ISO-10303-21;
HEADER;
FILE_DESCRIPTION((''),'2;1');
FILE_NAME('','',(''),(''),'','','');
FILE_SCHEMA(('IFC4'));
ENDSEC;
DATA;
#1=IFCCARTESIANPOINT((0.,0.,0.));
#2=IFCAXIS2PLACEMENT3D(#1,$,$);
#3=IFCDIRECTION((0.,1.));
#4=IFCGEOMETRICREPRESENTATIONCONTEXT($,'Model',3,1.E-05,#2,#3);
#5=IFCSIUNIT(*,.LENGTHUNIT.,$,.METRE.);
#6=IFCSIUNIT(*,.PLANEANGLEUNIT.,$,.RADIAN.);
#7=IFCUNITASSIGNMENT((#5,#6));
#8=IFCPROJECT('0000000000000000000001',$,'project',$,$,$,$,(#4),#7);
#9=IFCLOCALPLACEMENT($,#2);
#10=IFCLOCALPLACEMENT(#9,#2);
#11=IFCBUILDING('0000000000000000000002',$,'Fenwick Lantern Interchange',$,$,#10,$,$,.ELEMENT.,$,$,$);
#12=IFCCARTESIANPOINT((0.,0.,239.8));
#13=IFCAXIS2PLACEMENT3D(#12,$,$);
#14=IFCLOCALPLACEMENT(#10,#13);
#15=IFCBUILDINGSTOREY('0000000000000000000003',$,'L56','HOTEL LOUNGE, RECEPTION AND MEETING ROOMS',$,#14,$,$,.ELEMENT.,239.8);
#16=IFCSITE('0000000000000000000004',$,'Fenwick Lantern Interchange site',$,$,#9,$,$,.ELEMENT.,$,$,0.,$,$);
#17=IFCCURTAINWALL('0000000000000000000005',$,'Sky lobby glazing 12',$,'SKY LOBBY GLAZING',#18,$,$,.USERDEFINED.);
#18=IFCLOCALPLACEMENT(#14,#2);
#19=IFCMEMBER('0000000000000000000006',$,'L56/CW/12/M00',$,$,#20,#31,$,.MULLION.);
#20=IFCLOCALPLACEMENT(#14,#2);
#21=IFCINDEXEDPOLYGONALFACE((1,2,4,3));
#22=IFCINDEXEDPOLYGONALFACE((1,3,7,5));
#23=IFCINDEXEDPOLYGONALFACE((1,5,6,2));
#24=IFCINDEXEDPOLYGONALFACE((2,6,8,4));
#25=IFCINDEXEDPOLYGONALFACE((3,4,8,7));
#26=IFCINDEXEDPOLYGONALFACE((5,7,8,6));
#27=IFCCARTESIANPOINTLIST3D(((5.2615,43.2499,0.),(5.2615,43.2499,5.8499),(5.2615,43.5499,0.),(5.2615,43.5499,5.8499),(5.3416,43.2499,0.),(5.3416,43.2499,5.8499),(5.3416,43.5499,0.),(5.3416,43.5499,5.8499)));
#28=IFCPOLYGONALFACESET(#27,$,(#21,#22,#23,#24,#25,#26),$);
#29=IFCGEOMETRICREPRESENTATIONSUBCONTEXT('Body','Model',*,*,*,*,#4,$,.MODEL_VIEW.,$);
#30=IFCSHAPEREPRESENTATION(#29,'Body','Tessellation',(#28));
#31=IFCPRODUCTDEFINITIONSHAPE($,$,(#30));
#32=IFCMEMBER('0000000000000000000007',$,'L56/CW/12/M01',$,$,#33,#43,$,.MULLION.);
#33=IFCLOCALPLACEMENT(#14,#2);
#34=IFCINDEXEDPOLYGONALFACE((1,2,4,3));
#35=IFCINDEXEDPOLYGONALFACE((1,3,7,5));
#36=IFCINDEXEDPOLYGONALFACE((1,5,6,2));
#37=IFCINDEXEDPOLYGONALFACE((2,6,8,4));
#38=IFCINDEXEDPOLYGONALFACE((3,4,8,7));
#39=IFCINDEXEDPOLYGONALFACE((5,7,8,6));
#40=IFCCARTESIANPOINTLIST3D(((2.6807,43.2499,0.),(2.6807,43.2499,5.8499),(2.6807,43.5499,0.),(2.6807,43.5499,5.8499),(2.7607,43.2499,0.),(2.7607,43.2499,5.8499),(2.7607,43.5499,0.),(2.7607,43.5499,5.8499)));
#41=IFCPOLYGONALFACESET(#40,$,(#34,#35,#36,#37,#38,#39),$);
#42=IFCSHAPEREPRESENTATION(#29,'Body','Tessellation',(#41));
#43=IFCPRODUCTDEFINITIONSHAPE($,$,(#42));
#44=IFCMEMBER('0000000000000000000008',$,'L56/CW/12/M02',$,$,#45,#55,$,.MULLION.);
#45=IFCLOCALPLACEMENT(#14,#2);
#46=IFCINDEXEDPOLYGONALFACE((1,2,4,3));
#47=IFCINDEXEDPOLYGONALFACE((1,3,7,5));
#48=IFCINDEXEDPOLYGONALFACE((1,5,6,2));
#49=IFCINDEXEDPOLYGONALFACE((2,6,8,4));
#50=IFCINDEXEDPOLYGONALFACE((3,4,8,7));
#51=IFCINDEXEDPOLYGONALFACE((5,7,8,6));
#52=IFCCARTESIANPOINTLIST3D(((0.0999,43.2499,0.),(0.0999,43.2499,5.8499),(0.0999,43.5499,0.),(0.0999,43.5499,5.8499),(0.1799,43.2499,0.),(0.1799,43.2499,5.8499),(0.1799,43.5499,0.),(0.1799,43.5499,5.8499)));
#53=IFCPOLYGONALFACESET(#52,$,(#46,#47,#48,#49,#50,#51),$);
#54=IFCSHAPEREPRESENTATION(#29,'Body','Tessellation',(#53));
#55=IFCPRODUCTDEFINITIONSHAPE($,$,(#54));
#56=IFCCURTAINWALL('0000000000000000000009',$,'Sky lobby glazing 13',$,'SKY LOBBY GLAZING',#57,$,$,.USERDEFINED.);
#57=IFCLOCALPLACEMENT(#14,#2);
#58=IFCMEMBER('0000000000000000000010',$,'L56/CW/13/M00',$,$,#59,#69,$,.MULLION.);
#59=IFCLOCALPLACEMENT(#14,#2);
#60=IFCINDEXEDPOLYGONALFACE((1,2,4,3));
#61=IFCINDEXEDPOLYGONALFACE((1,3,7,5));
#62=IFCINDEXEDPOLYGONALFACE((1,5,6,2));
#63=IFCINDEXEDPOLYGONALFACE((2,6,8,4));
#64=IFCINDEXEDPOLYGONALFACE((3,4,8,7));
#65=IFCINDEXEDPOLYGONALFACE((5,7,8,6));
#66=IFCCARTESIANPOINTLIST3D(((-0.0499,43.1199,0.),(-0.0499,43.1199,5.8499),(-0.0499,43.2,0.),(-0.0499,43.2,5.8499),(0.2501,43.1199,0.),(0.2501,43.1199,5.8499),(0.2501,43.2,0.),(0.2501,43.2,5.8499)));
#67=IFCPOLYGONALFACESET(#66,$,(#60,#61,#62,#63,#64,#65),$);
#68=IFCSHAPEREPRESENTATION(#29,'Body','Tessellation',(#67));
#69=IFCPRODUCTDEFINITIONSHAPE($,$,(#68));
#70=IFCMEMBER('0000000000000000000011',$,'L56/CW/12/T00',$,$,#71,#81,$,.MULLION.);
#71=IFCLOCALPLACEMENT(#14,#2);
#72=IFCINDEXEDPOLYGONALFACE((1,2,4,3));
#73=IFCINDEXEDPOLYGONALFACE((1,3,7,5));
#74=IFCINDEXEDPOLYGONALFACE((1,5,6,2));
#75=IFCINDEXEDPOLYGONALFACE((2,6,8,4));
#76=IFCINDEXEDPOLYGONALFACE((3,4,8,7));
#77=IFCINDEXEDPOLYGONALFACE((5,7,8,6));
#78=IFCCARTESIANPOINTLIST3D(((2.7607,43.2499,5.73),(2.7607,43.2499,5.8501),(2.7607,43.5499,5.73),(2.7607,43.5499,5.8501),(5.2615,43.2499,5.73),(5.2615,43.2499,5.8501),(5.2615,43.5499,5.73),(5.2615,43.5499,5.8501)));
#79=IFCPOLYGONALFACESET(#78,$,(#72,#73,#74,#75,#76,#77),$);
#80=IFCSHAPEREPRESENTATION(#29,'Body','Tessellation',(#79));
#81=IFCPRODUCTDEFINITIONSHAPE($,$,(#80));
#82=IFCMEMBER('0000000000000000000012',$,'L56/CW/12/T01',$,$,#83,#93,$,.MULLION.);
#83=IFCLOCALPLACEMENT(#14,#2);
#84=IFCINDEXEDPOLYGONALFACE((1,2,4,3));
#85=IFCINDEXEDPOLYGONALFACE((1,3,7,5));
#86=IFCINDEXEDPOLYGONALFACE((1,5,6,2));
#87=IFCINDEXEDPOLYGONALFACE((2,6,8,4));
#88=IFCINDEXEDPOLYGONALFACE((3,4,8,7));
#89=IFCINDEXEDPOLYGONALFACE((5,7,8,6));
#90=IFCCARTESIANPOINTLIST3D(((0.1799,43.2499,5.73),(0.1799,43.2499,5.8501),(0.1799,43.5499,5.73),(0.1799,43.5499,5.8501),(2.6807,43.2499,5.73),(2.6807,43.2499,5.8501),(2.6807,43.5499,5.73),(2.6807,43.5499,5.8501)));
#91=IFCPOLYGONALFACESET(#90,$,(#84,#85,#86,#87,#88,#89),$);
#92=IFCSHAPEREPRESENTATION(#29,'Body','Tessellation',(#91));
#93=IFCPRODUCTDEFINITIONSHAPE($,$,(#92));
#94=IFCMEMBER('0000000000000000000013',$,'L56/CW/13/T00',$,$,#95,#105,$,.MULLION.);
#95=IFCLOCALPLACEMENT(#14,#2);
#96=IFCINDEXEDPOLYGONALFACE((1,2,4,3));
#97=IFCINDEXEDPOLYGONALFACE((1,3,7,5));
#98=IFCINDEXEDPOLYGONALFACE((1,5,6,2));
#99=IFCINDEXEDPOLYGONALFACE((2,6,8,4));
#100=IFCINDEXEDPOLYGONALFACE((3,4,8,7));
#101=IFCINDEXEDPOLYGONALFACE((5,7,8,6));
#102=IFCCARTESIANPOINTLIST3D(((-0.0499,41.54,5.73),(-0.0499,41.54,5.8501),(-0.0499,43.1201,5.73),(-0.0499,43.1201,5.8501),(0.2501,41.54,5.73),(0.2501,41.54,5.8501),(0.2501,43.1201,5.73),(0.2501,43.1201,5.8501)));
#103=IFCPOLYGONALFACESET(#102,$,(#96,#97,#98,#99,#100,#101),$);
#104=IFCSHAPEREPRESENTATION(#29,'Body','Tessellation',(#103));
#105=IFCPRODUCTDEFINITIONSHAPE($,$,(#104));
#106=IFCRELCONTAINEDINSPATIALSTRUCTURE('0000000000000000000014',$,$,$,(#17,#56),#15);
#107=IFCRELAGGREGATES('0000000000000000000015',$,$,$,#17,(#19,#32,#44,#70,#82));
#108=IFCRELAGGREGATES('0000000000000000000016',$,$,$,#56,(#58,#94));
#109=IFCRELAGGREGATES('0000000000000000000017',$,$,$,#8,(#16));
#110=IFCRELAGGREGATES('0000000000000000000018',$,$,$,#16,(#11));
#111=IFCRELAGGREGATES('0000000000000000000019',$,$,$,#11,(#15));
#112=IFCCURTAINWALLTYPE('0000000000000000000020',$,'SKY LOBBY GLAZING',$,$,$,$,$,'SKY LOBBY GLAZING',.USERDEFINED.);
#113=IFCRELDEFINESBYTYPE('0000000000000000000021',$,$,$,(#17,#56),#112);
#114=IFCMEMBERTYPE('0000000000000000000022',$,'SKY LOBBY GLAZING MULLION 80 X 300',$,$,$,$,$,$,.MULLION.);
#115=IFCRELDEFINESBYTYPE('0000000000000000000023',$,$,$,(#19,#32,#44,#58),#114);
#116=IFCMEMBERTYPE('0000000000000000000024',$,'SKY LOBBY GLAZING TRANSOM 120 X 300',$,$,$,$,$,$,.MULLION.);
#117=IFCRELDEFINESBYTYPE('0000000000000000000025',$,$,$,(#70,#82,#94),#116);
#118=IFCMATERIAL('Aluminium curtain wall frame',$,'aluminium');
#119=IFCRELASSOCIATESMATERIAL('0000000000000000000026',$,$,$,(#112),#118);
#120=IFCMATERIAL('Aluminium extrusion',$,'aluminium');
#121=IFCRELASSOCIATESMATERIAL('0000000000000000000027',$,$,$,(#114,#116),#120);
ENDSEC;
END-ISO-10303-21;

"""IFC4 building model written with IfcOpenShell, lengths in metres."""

from ifc_helpers import new_model, si_unit, direction, frame, origin, origin_2d, place, context, subcontext, project, spatial, rectangle, extrude, material, material_profile, profile_set, type_object, element, aggregate, save


model = new_model("IFC4")

# Units and contexts
model_context = context("Model", 3, precision=1e-05, world=origin(), true_north=direction((0.0, 1.0)))
body_context = subcontext(model_context, "Body", "Model", "MODEL_VIEW")
ifc_project = project(units=[si_unit("LENGTHUNIT", "METRE"), si_unit("PLANEANGLEUNIT", "RADIAN")], contexts=[model_context])

# Site, building, storey
site_placement = place(None, origin())
site = spatial("IfcSite", under=ifc_project, at=site_placement, Name="Fenwick Lantern Interchange site", CompositionType="ELEMENT", RefElevation=0.0)
building_placement = place(site_placement, origin())
building = spatial("IfcBuilding", under=site, at=building_placement, Name="Fenwick Lantern Interchange", CompositionType="ELEMENT")
storey_placement = place(building_placement, frame((0.0, 0.0, 239.8)))
storey = spatial("IfcBuildingStorey", under=building, at=storey_placement, Name="L56", Description="HOTEL LOUNGE, RECEPTION AND MEETING ROOMS", CompositionType="ELEMENT", Elevation=239.8)

# Curtain wall, members
ifc_material_1 = material(Name="Aluminium curtain wall frame", Category="aluminium")
curtain_wall_type = type_object("IfcCurtainWallType", Name="SKY LOBBY GLAZING", ElementType="SKY LOBBY GLAZING", PredefinedType="USERDEFINED", material=ifc_material_1)
curtain_wall_1_placement = place(storey_placement, origin())
curtain_wall_1 = element("IfcCurtainWall", 1, at=curtain_wall_1_placement, inside=storey, type_object=curtain_wall_type, Name="Sky lobby glazing 12", ObjectType="SKY LOBBY GLAZING", PredefinedType="USERDEFINED")
ifc_material_2 = material(Name="Aluminium extrusion", Category="aluminium")
ifc_material_profile_1 = material_profile(ifc_material_2, rectangle(XDim=0.3, YDim=0.0801, at=origin_2d()), Name="SKY LOBBY GLAZING MULLION 80 X 300")
ifc_profile_set_1 = profile_set([ifc_material_profile_1], Name="Aluminium extrusion")
member_type_1 = type_object("IfcMemberType", Name="SKY LOBBY GLAZING MULLION 80 X 300", PredefinedType="MULLION", material=ifc_profile_set_1)
member_1_placement = place(storey_placement, frame((5.3015, 43.3999, 0.0), z_axis=(0.0, 0.0, 1.0), x_axis=(0.0, -1.0, 0.0)))
member_1 = element("IfcMember", 2, at=member_1_placement, type_object=member_type_1, Name="L56/CW/12/M00", PredefinedType="MULLION", context=body_context, shape_type="SweptSolid", body=[
    extrude(rectangle(XDim=0.3, YDim=0.0801, at=origin_2d()), origin(), (0.0, 0.0, 1.0), 5.8499),
])
member_2_placement = place(storey_placement, frame((2.7207, 43.3999, 0.0), z_axis=(0.0, 0.0, 1.0), x_axis=(0.0, -1.0, 0.0)))
member_2 = element("IfcMember", 3, at=member_2_placement, type_object=member_type_1, Name="L56/CW/12/M01", PredefinedType="MULLION", context=body_context, shape_type="SweptSolid", body=[
    extrude(rectangle(XDim=0.3, YDim=0.0801, at=origin_2d()), origin(), (0.0, 0.0, 1.0), 5.8499),
])
member_3_placement = place(storey_placement, frame((0.1399, 43.3999, 0.0), z_axis=(0.0, 0.0, 1.0), x_axis=(0.0, -1.0, 0.0)))
member_3 = element("IfcMember", 4, at=member_3_placement, type_object=member_type_1, Name="L56/CW/12/M02", PredefinedType="MULLION", context=body_context, shape_type="SweptSolid", body=[
    extrude(rectangle(XDim=0.3, YDim=0.0801, at=origin_2d()), origin(), (0.0, 0.0, 1.0), 5.8499),
])

# Curtain wall, member
curtain_wall_2_placement = place(storey_placement, origin())
curtain_wall_2 = element("IfcCurtainWall", 5, at=curtain_wall_2_placement, inside=storey, type_object=curtain_wall_type, Name="Sky lobby glazing 13", ObjectType="SKY LOBBY GLAZING", PredefinedType="USERDEFINED")
member_4_placement = place(storey_placement, frame((0.1001, 43.1599, 0.0), z_axis=(0.0, 0.0, 1.0), x_axis=(1.0, 0.0, 0.0)))
member_4 = element("IfcMember", 6, at=member_4_placement, type_object=member_type_1, Name="L56/CW/13/M00", PredefinedType="MULLION", context=body_context, shape_type="SweptSolid", body=[
    extrude(rectangle(XDim=0.3, YDim=0.0801, at=origin_2d()), origin(), (0.0, 0.0, 1.0), 5.8499),
])

# Members
ifc_material_profile_2 = material_profile(ifc_material_2, rectangle(XDim=0.3, YDim=0.1201, at=origin_2d()), Name="SKY LOBBY GLAZING TRANSOM 120 X 300")
ifc_profile_set_2 = profile_set([ifc_material_profile_2], Name="Aluminium extrusion")
member_type_2 = type_object("IfcMemberType", Name="SKY LOBBY GLAZING TRANSOM 120 X 300", PredefinedType="MULLION", material=ifc_profile_set_2)
member_5_placement = place(storey_placement, frame((5.2615, 43.3999, 5.79), z_axis=(-1.0, 0.0, 0.0), x_axis=(0.0, -1.0, 0.0)))
member_5 = element("IfcMember", 7, at=member_5_placement, type_object=member_type_2, Name="L56/CW/12/T00", PredefinedType="MULLION", context=body_context, shape_type="SweptSolid", body=[
    extrude(rectangle(XDim=0.3, YDim=0.1201, at=origin_2d()), origin(), (0.0, 0.0, 1.0), 2.5007),
])
member_6_placement = place(storey_placement, frame((2.6807, 43.3999, 5.79), z_axis=(-1.0, 0.0, 0.0), x_axis=(0.0, -1.0, 0.0)))
member_6 = element("IfcMember", 8, at=member_6_placement, type_object=member_type_2, Name="L56/CW/12/T01", PredefinedType="MULLION", context=body_context, shape_type="SweptSolid", body=[
    extrude(rectangle(XDim=0.3, YDim=0.1201, at=origin_2d()), origin(), (0.0, 0.0, 1.0), 2.5007),
])
member_7_placement = place(storey_placement, frame((0.1001, 43.1201, 5.79), z_axis=(0.0, -1.0, 0.0), x_axis=(1.0, 0.0, 0.0)))
member_7 = element("IfcMember", 9, at=member_7_placement, type_object=member_type_2, Name="L56/CW/13/T00", PredefinedType="MULLION", context=body_context, shape_type="SweptSolid", body=[
    extrude(rectangle(XDim=0.3, YDim=0.1201, at=origin_2d()), origin(), (0.0, 0.0, 1.0), 1.5801),
])

aggregate(curtain_wall_1, [member_1, member_2, member_3, member_5, member_6])
aggregate(curtain_wall_2, [member_4, member_7])

save(model, "model.ifc")
